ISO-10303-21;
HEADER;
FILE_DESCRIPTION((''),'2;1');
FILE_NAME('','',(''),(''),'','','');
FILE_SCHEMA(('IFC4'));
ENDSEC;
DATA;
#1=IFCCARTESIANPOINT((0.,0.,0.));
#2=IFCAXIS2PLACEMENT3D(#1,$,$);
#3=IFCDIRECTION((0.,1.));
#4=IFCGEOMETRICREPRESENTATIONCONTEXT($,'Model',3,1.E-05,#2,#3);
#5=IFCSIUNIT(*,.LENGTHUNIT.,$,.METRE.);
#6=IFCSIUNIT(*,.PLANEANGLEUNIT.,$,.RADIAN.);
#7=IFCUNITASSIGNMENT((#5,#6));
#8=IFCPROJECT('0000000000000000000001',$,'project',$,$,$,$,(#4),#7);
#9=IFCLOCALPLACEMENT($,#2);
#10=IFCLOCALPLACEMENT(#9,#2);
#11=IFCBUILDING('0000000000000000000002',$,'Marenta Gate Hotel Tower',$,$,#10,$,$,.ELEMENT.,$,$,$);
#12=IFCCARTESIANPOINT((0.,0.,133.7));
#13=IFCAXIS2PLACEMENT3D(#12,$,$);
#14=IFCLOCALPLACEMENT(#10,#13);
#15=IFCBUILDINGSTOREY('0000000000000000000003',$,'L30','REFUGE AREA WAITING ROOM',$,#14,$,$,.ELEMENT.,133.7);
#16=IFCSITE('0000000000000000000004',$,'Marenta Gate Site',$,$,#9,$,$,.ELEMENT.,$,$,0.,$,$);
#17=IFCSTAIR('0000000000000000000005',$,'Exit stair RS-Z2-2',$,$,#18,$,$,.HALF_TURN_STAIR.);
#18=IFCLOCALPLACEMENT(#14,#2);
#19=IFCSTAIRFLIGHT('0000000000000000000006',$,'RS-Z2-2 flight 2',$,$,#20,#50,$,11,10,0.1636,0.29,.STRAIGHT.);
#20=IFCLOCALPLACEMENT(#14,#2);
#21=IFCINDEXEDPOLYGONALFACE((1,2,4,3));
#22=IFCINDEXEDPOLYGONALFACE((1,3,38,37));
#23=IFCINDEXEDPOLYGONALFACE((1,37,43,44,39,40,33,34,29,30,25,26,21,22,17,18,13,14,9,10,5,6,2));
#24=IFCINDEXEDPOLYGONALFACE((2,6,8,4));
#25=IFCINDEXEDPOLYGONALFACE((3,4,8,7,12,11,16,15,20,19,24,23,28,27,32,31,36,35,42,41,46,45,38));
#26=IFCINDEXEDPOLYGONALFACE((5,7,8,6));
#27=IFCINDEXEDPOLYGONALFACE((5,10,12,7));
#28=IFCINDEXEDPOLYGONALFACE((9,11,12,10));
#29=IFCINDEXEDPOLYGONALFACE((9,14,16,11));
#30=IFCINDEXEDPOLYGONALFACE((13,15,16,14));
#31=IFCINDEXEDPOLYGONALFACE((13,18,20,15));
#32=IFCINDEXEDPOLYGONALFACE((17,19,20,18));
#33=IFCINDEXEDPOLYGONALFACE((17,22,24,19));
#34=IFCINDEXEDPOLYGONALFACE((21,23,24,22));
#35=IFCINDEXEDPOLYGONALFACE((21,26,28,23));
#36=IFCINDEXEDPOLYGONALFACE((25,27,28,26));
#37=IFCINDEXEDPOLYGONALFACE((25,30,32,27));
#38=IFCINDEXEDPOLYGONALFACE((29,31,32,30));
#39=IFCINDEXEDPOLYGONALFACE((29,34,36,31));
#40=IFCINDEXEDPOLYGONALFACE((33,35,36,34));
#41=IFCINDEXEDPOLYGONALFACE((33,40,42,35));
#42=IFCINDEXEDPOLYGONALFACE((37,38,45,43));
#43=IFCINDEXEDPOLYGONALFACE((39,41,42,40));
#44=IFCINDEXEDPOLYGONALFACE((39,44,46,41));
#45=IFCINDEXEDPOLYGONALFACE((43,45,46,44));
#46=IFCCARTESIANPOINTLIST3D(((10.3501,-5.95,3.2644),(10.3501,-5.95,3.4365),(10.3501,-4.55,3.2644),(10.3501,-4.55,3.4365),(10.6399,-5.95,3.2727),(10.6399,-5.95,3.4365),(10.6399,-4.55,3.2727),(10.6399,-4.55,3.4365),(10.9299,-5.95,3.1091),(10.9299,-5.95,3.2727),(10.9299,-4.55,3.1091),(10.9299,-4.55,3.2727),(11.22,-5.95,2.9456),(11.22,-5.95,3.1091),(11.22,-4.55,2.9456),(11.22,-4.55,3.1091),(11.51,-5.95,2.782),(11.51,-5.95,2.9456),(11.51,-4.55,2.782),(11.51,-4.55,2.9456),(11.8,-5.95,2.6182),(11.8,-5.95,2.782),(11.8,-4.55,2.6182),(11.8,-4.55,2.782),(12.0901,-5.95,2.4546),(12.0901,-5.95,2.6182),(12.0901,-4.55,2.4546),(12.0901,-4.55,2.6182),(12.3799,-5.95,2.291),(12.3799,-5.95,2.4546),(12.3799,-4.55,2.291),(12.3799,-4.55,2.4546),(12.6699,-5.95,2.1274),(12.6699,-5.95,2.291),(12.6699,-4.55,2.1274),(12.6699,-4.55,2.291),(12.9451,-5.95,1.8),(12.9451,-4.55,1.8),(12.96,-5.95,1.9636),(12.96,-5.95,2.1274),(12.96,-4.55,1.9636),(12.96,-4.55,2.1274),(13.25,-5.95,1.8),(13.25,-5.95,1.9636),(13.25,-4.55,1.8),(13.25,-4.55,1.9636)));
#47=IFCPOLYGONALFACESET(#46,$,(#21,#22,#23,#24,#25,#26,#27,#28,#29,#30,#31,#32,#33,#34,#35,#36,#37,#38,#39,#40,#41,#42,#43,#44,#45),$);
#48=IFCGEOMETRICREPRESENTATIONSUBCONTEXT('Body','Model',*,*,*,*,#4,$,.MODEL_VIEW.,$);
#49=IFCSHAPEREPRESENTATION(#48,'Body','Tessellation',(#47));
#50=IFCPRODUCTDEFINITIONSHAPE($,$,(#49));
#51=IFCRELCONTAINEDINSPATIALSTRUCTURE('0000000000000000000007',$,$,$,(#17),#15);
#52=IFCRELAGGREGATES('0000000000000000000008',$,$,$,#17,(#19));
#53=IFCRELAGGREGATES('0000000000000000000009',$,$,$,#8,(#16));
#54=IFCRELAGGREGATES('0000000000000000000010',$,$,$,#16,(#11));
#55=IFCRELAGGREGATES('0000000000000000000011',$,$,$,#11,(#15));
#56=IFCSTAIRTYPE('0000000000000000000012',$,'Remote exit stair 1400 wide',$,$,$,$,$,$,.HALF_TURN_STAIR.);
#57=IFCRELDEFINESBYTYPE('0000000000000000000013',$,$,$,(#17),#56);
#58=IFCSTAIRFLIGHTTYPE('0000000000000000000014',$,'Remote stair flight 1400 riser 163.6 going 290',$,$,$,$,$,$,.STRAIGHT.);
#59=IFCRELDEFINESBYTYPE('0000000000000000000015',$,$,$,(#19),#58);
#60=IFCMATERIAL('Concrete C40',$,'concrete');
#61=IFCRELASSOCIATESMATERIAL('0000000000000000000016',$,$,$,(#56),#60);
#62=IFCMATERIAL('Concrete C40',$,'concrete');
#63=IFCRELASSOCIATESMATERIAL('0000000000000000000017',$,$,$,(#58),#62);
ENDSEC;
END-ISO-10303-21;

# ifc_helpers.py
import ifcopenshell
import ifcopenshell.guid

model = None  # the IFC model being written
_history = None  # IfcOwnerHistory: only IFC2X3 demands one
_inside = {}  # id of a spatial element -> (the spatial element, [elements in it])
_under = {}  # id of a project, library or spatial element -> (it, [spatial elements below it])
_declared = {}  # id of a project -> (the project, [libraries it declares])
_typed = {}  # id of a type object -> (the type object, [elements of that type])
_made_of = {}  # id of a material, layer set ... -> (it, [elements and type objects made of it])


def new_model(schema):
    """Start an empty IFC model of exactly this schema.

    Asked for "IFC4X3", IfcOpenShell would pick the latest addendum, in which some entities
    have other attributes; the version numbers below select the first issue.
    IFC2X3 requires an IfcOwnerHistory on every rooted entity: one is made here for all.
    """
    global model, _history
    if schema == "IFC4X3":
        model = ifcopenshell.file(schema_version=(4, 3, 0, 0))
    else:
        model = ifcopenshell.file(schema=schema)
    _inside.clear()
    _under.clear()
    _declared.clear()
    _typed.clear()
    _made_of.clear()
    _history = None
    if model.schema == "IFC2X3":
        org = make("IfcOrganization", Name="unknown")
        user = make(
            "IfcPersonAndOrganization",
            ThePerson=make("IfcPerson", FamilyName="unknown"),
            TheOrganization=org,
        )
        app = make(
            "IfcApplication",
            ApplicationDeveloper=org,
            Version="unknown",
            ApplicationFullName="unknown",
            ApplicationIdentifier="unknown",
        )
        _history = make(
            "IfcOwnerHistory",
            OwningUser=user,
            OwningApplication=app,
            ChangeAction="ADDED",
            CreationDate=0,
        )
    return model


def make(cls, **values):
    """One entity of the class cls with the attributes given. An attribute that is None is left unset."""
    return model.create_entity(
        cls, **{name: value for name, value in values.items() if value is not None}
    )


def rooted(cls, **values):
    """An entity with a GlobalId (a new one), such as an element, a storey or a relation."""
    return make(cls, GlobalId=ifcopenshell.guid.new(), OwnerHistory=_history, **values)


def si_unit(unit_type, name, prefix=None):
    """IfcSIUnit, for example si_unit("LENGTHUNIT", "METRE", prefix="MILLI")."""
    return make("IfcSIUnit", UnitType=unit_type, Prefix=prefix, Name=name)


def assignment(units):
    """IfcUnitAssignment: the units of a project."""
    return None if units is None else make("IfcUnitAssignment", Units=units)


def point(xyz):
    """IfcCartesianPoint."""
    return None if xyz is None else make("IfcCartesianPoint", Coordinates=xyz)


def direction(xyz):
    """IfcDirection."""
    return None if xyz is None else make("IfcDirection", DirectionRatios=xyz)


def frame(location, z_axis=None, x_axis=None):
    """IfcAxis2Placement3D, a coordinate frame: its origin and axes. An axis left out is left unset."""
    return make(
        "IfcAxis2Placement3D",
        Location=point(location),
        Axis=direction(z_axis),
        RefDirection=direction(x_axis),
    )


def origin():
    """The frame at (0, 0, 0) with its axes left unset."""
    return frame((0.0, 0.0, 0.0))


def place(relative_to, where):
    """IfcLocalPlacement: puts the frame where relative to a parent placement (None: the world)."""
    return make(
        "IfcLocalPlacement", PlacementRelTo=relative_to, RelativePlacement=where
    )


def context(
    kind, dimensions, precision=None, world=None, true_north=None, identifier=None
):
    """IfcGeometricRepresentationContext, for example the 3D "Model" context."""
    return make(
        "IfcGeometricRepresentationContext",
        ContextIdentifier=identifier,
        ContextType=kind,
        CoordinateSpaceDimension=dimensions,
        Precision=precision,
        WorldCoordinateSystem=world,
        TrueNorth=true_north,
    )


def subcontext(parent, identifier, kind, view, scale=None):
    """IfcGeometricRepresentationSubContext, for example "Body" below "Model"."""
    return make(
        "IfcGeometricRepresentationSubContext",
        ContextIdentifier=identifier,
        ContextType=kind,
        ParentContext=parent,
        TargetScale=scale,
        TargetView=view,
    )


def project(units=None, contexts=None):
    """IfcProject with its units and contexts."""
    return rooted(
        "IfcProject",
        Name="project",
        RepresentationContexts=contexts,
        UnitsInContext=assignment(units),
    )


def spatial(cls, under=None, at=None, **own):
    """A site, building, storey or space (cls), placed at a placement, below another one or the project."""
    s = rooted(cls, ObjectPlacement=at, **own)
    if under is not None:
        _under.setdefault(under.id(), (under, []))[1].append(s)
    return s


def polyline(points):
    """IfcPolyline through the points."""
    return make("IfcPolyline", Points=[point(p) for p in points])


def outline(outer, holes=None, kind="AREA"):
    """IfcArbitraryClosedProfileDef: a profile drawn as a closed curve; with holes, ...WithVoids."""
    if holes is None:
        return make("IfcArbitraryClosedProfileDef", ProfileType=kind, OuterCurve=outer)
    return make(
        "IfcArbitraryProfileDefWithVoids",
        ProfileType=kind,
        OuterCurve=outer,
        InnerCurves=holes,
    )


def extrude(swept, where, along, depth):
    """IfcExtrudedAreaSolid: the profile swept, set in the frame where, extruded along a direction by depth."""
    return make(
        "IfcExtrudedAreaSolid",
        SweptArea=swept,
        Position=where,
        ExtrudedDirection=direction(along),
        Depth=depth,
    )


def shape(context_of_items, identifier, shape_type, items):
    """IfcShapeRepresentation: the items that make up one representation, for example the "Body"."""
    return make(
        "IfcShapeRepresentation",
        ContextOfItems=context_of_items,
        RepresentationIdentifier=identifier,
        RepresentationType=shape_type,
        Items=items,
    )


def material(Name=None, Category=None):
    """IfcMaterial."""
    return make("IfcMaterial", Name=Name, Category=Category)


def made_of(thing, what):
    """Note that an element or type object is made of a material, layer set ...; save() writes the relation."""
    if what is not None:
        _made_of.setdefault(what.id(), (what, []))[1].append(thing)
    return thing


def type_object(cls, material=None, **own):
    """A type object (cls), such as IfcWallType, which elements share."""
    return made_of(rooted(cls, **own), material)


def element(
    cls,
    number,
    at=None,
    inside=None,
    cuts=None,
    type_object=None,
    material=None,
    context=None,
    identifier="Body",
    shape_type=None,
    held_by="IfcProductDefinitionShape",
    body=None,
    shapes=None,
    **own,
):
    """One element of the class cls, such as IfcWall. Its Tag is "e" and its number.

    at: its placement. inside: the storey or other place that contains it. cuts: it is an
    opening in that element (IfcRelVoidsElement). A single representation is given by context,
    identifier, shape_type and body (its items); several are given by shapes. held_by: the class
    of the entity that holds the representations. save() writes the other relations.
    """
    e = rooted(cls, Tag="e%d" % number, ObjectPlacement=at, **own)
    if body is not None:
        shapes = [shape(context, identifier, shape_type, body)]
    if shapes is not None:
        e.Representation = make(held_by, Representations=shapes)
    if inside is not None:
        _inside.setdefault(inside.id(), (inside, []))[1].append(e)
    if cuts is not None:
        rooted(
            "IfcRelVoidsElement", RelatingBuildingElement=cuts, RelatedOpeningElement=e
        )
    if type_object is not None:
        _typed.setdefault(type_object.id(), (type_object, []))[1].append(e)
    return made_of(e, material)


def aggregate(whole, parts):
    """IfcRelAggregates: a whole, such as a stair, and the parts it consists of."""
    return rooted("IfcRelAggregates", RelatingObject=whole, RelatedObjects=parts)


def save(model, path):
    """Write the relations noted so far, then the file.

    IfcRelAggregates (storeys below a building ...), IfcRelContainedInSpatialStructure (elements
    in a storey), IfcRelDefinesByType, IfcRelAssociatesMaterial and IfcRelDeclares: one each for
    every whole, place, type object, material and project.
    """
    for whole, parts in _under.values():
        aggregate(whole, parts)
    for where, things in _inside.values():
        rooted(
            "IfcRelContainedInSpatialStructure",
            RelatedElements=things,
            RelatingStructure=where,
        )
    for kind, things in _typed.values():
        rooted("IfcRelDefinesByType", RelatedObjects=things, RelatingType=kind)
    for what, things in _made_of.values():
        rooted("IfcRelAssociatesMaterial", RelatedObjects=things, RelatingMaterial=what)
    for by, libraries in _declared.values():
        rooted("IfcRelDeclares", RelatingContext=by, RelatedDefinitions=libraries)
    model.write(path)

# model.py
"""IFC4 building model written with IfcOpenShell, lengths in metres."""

from ifc_helpers import new_model, si_unit, direction, frame, origin, place, context, subcontext, project, spatial, polyline, outline, extrude, material, type_object, element, aggregate, save


model = new_model("IFC4")

# Units and contexts
model_context = context("Model", 3, precision=1e-05, world=origin(), true_north=direction((0.0, 1.0)))
body_context = subcontext(model_context, "Body", "Model", "MODEL_VIEW")
ifc_project = project(units=[si_unit("LENGTHUNIT", "METRE"), si_unit("PLANEANGLEUNIT", "RADIAN")], contexts=[model_context])

# Site, building, storey
site_placement = place(None, origin())
site = spatial("IfcSite", under=ifc_project, at=site_placement, Name="Marenta Gate Site", CompositionType="ELEMENT", RefElevation=0.0)
building_placement = place(site_placement, origin())
building = spatial("IfcBuilding", under=site, at=building_placement, Name="Marenta Gate Hotel Tower", CompositionType="ELEMENT")
storey_placement = place(building_placement, frame((0.0, 0.0, 133.7)))
storey = spatial("IfcBuildingStorey", under=building, at=storey_placement, Name="L30", Description="REFUGE AREA WAITING ROOM", CompositionType="ELEMENT", Elevation=133.7)

# Stair, stair flight
ifc_material_1 = material(Name="Concrete C40", Category="concrete")
stair_type = type_object("IfcStairType", Name="Remote exit stair 1400 wide", PredefinedType="HALF_TURN_STAIR", material=ifc_material_1)
stair_placement = place(storey_placement, origin())
stair = element("IfcStair", 1, at=stair_placement, inside=storey, type_object=stair_type, Name="Exit stair RS-Z2-2", PredefinedType="HALF_TURN_STAIR")
ifc_material_2 = material(Name="Concrete C40", Category="concrete")
stair_flight_type = type_object("IfcStairFlightType", Name="Remote stair flight 1400 riser 163.6 going 290", PredefinedType="STRAIGHT", material=ifc_material_2)
stair_flight_placement = place(storey_placement, frame((13.25, -5.25, 1.8), z_axis=(0.0, 0.0, 1.0), x_axis=(-1.0, 0.0, 0.0)))
stair_flight = element("IfcStairFlight", 2, at=stair_flight_placement, type_object=stair_flight_type, Name="RS-Z2-2 flight 2", NumberOfRisers=11, NumberOfTreads=10, PredefinedType="STRAIGHT", RiserHeight=0.1636, TreadLength=0.29, context=body_context, shape_type="SweptSolid", body=[
    extrude(outline(polyline([(0.0, 0.0), (0.0, 0.1636), (0.29, 0.1636), (0.29, 0.3274), (0.5801, 0.3274), (0.5801, 0.491), (0.8701, 0.491), (0.8701, 0.6545), (1.1599, 0.6545), (1.1599, 0.8181), (1.45, 0.8181), (1.45, 0.9819), (1.74, 0.9819), (1.74, 1.1455), (2.03, 1.1455), (2.03, 1.3091), (2.3201, 1.3091), (2.3201, 1.4727), (2.6101, 1.4727), (2.6101, 1.6365), (2.8999, 1.6365), (2.8999, 1.8), (2.8999, 1.4644), (0.3049, 0.0), (0.0, 0.0)])), frame((0.0, 0.7, 0.0), z_axis=(0.0, -1.0, 0.0), x_axis=(1.0, 0.0, 0.0)), (0.0, 0.0, 1.0), 1.3999),
])
aggregate(stair, [stair_flight])

save(model, "model.ifc")
